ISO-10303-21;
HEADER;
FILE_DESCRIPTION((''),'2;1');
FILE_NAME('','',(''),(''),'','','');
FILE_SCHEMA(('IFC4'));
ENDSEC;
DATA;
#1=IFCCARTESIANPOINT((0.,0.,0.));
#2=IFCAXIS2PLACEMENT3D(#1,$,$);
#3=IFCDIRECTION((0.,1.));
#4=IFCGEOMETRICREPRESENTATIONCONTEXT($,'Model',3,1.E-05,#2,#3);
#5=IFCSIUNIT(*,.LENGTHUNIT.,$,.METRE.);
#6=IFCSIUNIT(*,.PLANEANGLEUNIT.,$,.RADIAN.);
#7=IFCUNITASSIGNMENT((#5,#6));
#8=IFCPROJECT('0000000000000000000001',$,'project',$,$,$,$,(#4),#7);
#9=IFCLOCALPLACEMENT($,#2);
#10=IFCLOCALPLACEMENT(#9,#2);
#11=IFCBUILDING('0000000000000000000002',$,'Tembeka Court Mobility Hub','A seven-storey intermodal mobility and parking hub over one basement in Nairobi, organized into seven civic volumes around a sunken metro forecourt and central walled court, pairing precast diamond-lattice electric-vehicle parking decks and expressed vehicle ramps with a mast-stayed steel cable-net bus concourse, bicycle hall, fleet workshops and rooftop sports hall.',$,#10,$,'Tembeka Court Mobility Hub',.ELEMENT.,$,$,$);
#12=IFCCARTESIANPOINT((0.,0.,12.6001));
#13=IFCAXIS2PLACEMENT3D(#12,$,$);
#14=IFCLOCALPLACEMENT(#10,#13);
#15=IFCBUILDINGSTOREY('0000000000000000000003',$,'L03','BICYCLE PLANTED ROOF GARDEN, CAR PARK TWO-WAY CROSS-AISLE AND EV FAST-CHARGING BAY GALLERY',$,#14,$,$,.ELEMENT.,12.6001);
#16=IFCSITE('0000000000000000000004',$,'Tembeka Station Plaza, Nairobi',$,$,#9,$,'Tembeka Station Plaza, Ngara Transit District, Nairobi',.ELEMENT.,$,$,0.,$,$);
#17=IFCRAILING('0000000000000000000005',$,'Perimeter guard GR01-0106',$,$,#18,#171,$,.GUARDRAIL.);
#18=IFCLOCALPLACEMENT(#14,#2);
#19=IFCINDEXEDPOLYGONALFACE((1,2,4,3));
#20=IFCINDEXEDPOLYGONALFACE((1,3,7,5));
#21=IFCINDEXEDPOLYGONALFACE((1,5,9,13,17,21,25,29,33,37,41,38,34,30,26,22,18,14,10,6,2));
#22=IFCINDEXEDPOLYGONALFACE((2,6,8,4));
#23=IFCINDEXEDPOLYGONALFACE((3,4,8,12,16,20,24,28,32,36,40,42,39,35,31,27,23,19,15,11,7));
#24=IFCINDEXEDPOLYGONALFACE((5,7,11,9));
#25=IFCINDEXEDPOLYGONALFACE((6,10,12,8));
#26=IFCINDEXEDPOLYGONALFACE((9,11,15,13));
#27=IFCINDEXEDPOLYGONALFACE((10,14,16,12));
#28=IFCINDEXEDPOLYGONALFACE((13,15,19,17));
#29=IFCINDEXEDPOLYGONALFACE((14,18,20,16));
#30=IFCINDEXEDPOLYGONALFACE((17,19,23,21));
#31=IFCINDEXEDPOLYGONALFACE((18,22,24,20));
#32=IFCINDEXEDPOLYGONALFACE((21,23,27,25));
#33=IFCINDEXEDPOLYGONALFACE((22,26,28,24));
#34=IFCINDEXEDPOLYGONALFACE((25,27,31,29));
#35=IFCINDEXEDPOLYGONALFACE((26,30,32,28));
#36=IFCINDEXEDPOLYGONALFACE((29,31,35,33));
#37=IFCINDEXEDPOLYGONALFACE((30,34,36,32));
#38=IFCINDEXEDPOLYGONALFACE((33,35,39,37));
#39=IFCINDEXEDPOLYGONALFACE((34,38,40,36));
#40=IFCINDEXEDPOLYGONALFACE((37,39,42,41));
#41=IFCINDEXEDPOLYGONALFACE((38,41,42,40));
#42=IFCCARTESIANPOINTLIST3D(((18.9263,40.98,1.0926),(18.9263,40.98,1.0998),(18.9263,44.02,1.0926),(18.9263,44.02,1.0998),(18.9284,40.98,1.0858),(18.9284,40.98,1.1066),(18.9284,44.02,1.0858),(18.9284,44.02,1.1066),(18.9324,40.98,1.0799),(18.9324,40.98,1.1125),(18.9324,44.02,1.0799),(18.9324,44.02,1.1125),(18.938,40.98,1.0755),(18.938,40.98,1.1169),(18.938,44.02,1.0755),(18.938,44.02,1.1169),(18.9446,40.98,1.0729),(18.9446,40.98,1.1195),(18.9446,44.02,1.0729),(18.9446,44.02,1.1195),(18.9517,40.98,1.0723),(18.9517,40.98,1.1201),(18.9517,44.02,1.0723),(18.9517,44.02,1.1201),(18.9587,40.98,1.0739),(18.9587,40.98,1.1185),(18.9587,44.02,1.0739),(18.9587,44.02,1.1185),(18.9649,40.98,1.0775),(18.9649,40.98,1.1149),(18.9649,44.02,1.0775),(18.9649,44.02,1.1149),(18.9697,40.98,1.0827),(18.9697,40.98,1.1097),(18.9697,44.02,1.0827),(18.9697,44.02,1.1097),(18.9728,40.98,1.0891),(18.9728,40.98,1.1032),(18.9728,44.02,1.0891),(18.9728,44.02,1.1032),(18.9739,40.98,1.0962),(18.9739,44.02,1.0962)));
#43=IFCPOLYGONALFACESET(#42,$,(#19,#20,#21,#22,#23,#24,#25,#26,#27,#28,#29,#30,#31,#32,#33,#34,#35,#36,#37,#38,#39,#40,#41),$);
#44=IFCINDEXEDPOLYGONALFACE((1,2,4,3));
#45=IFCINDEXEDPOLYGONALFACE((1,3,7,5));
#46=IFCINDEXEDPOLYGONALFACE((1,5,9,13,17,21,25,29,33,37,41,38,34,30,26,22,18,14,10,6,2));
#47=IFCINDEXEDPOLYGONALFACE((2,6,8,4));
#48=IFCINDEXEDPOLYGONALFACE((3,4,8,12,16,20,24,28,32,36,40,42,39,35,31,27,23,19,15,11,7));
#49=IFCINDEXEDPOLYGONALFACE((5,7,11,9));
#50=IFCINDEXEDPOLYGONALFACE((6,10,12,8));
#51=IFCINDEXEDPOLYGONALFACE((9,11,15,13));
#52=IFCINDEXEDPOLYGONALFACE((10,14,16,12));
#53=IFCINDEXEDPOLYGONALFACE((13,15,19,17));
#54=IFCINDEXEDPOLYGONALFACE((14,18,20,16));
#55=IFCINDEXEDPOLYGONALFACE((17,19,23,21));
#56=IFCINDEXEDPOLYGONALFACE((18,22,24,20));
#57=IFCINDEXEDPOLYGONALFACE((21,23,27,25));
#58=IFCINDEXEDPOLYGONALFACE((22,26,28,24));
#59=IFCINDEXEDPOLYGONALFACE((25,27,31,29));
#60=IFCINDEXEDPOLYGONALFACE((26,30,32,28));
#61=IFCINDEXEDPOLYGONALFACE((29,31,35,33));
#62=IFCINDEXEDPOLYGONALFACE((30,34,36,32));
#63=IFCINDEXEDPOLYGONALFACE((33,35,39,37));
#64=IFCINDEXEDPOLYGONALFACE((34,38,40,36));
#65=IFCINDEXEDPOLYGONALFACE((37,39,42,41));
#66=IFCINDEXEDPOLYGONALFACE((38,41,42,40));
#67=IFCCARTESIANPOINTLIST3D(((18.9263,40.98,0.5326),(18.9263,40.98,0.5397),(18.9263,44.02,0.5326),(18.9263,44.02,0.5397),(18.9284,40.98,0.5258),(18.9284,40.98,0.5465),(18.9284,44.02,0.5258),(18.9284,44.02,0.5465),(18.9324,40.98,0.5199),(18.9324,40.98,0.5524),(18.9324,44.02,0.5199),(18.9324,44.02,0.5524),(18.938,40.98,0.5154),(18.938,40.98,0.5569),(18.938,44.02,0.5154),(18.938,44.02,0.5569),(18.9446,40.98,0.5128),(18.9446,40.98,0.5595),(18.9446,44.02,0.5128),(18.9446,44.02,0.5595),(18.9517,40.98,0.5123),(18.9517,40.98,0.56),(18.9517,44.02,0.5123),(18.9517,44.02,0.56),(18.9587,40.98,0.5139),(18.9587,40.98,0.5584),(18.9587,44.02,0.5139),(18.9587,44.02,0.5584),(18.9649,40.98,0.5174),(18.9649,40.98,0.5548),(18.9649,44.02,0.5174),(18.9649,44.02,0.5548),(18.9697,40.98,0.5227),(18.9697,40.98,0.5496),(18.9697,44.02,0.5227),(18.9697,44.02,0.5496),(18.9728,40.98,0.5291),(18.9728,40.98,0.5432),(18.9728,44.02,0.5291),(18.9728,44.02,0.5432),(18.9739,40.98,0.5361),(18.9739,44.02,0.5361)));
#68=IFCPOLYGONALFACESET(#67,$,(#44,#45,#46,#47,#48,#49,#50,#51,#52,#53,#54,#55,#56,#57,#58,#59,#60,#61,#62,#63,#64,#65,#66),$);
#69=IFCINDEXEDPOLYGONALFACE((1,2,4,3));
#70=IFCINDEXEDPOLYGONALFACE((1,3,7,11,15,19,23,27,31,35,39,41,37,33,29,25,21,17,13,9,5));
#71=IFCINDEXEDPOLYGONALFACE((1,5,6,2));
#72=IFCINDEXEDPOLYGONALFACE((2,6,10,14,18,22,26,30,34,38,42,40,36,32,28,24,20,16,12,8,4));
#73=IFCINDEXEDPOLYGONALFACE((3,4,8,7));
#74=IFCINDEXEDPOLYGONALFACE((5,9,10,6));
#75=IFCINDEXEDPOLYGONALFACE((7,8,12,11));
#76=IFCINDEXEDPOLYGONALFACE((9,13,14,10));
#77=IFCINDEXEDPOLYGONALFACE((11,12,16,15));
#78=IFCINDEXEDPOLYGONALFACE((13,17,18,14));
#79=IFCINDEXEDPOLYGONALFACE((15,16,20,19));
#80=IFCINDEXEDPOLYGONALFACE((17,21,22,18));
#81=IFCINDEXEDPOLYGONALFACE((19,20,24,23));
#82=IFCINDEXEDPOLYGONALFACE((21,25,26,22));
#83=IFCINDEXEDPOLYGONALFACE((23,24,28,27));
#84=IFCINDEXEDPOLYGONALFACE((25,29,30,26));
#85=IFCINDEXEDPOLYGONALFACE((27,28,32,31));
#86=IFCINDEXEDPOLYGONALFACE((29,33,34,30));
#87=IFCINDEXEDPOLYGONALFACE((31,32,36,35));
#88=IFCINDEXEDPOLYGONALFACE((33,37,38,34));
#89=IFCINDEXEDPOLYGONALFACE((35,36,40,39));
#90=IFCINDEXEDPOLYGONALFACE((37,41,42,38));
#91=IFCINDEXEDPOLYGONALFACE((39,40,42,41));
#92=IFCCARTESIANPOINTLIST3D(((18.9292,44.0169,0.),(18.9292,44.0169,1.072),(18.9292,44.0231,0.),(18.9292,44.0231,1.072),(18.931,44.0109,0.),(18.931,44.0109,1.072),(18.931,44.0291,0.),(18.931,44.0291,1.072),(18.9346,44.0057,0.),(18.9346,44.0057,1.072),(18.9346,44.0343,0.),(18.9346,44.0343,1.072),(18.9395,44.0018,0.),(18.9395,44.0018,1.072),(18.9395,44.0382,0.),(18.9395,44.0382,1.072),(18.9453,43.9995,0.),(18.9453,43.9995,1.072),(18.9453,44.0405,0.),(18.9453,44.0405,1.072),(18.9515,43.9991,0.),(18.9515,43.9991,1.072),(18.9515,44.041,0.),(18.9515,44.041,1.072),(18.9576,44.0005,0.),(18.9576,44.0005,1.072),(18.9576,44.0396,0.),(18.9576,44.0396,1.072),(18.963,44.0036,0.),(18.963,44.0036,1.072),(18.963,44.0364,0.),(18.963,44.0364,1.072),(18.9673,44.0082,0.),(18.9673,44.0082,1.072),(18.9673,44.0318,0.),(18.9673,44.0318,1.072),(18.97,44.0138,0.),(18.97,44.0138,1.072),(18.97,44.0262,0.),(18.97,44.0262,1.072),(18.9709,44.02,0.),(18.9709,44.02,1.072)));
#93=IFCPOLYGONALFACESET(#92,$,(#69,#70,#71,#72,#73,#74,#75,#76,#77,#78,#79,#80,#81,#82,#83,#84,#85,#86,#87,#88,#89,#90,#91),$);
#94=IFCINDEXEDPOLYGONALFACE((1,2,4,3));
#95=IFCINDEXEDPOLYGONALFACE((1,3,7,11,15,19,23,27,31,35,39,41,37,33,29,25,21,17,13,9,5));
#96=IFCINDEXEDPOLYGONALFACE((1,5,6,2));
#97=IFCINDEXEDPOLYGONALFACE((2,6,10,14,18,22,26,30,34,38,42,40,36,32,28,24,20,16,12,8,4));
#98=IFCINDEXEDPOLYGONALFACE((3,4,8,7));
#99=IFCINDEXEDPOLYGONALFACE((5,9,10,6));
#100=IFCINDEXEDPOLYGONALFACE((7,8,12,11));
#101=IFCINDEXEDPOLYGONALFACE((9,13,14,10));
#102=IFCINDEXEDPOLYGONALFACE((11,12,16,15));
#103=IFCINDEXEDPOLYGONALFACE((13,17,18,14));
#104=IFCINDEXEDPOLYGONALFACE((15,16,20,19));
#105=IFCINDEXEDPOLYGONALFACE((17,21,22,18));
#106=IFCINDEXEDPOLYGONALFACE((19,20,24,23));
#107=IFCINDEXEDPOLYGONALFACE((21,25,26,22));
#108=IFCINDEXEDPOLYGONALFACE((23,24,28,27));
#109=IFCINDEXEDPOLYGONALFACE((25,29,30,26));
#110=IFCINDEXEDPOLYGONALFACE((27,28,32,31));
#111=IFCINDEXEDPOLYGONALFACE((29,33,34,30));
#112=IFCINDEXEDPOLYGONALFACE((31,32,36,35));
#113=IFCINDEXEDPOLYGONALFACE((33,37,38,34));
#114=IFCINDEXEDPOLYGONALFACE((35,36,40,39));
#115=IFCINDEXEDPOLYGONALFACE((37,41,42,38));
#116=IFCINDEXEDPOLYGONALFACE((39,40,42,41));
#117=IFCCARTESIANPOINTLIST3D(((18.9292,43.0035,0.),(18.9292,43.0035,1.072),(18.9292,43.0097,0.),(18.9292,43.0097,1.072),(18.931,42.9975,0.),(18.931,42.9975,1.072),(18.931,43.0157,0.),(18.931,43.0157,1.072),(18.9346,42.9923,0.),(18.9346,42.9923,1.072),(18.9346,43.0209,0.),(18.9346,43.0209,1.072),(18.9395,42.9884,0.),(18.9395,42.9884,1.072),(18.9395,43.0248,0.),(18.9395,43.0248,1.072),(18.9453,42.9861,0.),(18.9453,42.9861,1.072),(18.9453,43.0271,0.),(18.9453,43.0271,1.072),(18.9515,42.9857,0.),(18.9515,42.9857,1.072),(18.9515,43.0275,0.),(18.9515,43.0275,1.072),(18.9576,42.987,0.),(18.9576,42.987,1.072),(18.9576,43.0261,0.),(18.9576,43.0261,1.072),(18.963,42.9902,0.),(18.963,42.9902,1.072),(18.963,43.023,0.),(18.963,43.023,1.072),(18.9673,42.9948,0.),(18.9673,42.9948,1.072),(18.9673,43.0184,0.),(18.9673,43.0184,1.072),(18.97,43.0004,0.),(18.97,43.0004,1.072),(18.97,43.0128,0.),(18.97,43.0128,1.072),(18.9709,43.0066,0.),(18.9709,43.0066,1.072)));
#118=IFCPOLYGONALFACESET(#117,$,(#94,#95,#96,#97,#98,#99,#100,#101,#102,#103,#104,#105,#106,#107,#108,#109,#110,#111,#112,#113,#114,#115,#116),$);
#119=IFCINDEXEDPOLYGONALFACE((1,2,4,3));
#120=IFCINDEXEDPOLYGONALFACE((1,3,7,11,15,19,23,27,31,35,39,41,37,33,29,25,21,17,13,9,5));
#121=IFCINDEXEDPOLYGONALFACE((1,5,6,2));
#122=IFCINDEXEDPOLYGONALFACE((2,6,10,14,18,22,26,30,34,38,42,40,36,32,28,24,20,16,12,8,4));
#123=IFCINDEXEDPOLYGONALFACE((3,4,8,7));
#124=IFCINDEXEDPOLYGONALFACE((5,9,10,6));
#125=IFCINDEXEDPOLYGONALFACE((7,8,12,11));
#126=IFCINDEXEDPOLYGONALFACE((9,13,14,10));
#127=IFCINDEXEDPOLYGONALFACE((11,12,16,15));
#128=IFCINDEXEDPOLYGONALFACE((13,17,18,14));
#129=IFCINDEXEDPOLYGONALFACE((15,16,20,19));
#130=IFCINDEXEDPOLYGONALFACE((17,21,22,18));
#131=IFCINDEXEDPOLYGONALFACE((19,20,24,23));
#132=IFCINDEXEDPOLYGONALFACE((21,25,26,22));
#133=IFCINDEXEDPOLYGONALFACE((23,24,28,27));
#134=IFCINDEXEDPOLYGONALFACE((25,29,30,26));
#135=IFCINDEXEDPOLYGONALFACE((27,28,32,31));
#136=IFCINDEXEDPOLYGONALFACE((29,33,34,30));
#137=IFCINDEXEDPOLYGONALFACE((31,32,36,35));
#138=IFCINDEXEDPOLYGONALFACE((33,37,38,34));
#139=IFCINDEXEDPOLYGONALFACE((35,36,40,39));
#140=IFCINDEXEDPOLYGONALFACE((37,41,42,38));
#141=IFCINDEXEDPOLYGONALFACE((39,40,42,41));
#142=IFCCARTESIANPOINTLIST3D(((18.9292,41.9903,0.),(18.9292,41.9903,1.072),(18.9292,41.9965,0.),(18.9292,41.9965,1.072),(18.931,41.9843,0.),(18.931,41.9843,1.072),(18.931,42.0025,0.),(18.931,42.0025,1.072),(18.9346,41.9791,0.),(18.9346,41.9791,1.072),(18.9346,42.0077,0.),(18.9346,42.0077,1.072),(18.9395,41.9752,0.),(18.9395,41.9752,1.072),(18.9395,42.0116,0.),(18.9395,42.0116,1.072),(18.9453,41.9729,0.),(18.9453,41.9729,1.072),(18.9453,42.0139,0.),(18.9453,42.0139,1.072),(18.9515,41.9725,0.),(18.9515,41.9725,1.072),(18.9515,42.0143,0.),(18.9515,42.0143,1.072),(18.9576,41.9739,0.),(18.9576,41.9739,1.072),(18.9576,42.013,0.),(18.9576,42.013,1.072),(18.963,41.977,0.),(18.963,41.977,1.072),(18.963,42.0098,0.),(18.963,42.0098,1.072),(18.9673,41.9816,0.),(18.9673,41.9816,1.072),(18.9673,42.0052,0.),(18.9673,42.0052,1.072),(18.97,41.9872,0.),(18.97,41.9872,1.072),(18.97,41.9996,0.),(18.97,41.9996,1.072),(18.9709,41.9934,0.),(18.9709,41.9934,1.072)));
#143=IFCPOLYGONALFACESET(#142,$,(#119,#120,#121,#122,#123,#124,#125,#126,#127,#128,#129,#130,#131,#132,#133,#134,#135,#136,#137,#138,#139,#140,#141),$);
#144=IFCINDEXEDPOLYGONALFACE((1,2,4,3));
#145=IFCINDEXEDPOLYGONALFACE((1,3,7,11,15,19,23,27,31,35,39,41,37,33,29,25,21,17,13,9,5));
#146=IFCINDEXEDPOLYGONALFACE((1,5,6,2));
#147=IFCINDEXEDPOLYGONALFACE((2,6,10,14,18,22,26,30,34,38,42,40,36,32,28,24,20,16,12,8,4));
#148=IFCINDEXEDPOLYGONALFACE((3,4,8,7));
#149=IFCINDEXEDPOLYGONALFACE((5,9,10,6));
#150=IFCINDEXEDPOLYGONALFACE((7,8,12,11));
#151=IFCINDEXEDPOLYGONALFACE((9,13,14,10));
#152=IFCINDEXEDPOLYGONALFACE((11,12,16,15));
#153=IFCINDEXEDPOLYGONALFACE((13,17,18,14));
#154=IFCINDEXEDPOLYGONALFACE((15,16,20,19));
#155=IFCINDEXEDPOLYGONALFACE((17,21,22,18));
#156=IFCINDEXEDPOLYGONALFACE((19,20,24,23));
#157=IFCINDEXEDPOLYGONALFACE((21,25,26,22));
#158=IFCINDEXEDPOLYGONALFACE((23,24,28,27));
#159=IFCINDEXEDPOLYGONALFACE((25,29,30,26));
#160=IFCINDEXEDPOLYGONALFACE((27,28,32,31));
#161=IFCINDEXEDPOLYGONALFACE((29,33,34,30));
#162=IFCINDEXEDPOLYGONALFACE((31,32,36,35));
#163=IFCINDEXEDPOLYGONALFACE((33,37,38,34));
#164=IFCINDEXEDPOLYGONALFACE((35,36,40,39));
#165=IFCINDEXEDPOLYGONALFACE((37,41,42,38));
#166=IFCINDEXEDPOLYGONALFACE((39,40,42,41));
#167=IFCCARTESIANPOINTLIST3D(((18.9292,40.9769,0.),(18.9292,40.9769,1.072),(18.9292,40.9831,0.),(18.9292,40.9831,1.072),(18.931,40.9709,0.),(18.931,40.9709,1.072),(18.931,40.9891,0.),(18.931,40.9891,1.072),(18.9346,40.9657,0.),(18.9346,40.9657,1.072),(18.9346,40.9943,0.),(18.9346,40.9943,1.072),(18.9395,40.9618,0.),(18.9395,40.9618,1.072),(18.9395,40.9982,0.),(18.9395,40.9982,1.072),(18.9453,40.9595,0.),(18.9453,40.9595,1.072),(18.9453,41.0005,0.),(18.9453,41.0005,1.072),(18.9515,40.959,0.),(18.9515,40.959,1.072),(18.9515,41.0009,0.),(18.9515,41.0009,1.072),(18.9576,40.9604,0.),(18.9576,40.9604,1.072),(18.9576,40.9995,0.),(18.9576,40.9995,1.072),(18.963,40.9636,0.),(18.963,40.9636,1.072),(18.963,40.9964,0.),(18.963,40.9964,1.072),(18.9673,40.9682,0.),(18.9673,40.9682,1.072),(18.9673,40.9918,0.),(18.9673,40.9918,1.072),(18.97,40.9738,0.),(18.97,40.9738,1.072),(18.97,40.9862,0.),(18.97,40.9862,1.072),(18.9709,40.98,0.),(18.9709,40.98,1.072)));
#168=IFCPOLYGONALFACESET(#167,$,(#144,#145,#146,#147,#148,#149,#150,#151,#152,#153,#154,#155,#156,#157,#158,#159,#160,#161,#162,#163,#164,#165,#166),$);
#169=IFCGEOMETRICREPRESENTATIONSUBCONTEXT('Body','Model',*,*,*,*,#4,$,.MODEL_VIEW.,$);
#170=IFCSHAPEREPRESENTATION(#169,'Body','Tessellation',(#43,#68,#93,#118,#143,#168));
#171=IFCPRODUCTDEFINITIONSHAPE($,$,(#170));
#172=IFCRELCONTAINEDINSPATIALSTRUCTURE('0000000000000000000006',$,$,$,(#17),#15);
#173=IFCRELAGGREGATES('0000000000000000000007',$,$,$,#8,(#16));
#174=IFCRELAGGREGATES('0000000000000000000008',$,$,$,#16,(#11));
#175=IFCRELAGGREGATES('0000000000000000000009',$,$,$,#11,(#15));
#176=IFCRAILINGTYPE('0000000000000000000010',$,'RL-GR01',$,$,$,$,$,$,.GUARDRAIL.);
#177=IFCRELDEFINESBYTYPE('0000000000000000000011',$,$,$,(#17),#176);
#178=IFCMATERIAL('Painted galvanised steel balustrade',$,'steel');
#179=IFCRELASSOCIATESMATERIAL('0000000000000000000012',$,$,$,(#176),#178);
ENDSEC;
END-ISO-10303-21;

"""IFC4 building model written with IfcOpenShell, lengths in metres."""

from ifc_helpers import new_model, si_unit, direction, frame, origin, origin_2d, place, context, subcontext, project, spatial, circle, extrude, material, type_object, element, save


model = new_model("IFC4")

# Units and contexts
model_context = context("Model", 3, precision=1e-05, world=origin(), true_north=direction((0.0, 1.0)))
body_context = subcontext(model_context, "Body", "Model", "MODEL_VIEW")
ifc_project = project(units=[si_unit("LENGTHUNIT", "METRE"), si_unit("PLANEANGLEUNIT", "RADIAN")], contexts=[model_context])

# Site, building, storey
site_placement = place(None, origin())
site = spatial("IfcSite", under=ifc_project, at=site_placement, Name="Tembeka Station Plaza, Nairobi", LongName="Tembeka Station Plaza, Ngara Transit District, Nairobi", CompositionType="ELEMENT", RefElevation=0.0)
building_placement = place(site_placement, origin())
building = spatial("IfcBuilding", under=site, at=building_placement, Name="Tembeka Court Mobility Hub", Description="A seven-storey intermodal mobility and parking hub over one basement in Nairobi, organized into seven civic volumes around a sunken metro forecourt and central walled court, pairing precast diamond-lattice electric-vehicle parking decks and expressed vehicle ramps with a mast-stayed steel cable-net bus concourse, bicycle hall, fleet workshops and rooftop sports hall.", LongName="Tembeka Court Mobility Hub", CompositionType="ELEMENT")
storey_placement = place(building_placement, frame((0.0, 0.0, 12.6001)))
storey = spatial("IfcBuildingStorey", under=building, at=storey_placement, Name="L03", Description="BICYCLE PLANTED ROOF GARDEN, CAR PARK TWO-WAY CROSS-AISLE AND EV FAST-CHARGING BAY GALLERY", CompositionType="ELEMENT", Elevation=12.6001)

# Railing
ifc_material_1 = material(Name="Painted galvanised steel balustrade", Category="steel")
railing_type_1 = type_object("IfcRailingType", Name="RL-GR01", PredefinedType="GUARDRAIL", material=ifc_material_1)
railing_1_placement = place(storey_placement, frame((18.95, 44.02, 0.0)))
element("IfcRailing", 1, at=railing_1_placement, inside=storey, type_object=railing_type_1, Name="Perimeter guard GR01-0106", PredefinedType="GUARDRAIL", context=body_context, shape_type="SweptSolid", body=[
    extrude(circle(Radius=0.0239, at=origin_2d()), frame((0.0, 0.0, 1.0962), z_axis=(0.0, -1.0, 0.0), x_axis=(1.0, 0.0, 0.0)), (0.0, 0.0, 1.0), 3.04),
    extrude(circle(Radius=0.0239, at=origin_2d()), frame((0.0, 0.0, 0.5361), z_axis=(0.0, -1.0, 0.0), x_axis=(1.0, 0.0, 0.0)), (0.0, 0.0, 1.0), 3.04),
    extrude(circle(Radius=0.021, at=origin_2d()), origin(), (0.0, 0.0, 1.0), 1.072),
    extrude(circle(Radius=0.021, at=origin_2d()), frame((0.0, -1.0134, 0.0)), (0.0, 0.0, 1.0), 1.072),
    extrude(circle(Radius=0.021, at=origin_2d()), frame((0.0, -2.0266, 0.0)), (0.0, 0.0, 1.0), 1.072),
    extrude(circle(Radius=0.021, at=origin_2d()), frame((0.0, -3.04, 0.0)), (0.0, 0.0, 1.0), 1.072),
])

save(model, "model.ifc")
